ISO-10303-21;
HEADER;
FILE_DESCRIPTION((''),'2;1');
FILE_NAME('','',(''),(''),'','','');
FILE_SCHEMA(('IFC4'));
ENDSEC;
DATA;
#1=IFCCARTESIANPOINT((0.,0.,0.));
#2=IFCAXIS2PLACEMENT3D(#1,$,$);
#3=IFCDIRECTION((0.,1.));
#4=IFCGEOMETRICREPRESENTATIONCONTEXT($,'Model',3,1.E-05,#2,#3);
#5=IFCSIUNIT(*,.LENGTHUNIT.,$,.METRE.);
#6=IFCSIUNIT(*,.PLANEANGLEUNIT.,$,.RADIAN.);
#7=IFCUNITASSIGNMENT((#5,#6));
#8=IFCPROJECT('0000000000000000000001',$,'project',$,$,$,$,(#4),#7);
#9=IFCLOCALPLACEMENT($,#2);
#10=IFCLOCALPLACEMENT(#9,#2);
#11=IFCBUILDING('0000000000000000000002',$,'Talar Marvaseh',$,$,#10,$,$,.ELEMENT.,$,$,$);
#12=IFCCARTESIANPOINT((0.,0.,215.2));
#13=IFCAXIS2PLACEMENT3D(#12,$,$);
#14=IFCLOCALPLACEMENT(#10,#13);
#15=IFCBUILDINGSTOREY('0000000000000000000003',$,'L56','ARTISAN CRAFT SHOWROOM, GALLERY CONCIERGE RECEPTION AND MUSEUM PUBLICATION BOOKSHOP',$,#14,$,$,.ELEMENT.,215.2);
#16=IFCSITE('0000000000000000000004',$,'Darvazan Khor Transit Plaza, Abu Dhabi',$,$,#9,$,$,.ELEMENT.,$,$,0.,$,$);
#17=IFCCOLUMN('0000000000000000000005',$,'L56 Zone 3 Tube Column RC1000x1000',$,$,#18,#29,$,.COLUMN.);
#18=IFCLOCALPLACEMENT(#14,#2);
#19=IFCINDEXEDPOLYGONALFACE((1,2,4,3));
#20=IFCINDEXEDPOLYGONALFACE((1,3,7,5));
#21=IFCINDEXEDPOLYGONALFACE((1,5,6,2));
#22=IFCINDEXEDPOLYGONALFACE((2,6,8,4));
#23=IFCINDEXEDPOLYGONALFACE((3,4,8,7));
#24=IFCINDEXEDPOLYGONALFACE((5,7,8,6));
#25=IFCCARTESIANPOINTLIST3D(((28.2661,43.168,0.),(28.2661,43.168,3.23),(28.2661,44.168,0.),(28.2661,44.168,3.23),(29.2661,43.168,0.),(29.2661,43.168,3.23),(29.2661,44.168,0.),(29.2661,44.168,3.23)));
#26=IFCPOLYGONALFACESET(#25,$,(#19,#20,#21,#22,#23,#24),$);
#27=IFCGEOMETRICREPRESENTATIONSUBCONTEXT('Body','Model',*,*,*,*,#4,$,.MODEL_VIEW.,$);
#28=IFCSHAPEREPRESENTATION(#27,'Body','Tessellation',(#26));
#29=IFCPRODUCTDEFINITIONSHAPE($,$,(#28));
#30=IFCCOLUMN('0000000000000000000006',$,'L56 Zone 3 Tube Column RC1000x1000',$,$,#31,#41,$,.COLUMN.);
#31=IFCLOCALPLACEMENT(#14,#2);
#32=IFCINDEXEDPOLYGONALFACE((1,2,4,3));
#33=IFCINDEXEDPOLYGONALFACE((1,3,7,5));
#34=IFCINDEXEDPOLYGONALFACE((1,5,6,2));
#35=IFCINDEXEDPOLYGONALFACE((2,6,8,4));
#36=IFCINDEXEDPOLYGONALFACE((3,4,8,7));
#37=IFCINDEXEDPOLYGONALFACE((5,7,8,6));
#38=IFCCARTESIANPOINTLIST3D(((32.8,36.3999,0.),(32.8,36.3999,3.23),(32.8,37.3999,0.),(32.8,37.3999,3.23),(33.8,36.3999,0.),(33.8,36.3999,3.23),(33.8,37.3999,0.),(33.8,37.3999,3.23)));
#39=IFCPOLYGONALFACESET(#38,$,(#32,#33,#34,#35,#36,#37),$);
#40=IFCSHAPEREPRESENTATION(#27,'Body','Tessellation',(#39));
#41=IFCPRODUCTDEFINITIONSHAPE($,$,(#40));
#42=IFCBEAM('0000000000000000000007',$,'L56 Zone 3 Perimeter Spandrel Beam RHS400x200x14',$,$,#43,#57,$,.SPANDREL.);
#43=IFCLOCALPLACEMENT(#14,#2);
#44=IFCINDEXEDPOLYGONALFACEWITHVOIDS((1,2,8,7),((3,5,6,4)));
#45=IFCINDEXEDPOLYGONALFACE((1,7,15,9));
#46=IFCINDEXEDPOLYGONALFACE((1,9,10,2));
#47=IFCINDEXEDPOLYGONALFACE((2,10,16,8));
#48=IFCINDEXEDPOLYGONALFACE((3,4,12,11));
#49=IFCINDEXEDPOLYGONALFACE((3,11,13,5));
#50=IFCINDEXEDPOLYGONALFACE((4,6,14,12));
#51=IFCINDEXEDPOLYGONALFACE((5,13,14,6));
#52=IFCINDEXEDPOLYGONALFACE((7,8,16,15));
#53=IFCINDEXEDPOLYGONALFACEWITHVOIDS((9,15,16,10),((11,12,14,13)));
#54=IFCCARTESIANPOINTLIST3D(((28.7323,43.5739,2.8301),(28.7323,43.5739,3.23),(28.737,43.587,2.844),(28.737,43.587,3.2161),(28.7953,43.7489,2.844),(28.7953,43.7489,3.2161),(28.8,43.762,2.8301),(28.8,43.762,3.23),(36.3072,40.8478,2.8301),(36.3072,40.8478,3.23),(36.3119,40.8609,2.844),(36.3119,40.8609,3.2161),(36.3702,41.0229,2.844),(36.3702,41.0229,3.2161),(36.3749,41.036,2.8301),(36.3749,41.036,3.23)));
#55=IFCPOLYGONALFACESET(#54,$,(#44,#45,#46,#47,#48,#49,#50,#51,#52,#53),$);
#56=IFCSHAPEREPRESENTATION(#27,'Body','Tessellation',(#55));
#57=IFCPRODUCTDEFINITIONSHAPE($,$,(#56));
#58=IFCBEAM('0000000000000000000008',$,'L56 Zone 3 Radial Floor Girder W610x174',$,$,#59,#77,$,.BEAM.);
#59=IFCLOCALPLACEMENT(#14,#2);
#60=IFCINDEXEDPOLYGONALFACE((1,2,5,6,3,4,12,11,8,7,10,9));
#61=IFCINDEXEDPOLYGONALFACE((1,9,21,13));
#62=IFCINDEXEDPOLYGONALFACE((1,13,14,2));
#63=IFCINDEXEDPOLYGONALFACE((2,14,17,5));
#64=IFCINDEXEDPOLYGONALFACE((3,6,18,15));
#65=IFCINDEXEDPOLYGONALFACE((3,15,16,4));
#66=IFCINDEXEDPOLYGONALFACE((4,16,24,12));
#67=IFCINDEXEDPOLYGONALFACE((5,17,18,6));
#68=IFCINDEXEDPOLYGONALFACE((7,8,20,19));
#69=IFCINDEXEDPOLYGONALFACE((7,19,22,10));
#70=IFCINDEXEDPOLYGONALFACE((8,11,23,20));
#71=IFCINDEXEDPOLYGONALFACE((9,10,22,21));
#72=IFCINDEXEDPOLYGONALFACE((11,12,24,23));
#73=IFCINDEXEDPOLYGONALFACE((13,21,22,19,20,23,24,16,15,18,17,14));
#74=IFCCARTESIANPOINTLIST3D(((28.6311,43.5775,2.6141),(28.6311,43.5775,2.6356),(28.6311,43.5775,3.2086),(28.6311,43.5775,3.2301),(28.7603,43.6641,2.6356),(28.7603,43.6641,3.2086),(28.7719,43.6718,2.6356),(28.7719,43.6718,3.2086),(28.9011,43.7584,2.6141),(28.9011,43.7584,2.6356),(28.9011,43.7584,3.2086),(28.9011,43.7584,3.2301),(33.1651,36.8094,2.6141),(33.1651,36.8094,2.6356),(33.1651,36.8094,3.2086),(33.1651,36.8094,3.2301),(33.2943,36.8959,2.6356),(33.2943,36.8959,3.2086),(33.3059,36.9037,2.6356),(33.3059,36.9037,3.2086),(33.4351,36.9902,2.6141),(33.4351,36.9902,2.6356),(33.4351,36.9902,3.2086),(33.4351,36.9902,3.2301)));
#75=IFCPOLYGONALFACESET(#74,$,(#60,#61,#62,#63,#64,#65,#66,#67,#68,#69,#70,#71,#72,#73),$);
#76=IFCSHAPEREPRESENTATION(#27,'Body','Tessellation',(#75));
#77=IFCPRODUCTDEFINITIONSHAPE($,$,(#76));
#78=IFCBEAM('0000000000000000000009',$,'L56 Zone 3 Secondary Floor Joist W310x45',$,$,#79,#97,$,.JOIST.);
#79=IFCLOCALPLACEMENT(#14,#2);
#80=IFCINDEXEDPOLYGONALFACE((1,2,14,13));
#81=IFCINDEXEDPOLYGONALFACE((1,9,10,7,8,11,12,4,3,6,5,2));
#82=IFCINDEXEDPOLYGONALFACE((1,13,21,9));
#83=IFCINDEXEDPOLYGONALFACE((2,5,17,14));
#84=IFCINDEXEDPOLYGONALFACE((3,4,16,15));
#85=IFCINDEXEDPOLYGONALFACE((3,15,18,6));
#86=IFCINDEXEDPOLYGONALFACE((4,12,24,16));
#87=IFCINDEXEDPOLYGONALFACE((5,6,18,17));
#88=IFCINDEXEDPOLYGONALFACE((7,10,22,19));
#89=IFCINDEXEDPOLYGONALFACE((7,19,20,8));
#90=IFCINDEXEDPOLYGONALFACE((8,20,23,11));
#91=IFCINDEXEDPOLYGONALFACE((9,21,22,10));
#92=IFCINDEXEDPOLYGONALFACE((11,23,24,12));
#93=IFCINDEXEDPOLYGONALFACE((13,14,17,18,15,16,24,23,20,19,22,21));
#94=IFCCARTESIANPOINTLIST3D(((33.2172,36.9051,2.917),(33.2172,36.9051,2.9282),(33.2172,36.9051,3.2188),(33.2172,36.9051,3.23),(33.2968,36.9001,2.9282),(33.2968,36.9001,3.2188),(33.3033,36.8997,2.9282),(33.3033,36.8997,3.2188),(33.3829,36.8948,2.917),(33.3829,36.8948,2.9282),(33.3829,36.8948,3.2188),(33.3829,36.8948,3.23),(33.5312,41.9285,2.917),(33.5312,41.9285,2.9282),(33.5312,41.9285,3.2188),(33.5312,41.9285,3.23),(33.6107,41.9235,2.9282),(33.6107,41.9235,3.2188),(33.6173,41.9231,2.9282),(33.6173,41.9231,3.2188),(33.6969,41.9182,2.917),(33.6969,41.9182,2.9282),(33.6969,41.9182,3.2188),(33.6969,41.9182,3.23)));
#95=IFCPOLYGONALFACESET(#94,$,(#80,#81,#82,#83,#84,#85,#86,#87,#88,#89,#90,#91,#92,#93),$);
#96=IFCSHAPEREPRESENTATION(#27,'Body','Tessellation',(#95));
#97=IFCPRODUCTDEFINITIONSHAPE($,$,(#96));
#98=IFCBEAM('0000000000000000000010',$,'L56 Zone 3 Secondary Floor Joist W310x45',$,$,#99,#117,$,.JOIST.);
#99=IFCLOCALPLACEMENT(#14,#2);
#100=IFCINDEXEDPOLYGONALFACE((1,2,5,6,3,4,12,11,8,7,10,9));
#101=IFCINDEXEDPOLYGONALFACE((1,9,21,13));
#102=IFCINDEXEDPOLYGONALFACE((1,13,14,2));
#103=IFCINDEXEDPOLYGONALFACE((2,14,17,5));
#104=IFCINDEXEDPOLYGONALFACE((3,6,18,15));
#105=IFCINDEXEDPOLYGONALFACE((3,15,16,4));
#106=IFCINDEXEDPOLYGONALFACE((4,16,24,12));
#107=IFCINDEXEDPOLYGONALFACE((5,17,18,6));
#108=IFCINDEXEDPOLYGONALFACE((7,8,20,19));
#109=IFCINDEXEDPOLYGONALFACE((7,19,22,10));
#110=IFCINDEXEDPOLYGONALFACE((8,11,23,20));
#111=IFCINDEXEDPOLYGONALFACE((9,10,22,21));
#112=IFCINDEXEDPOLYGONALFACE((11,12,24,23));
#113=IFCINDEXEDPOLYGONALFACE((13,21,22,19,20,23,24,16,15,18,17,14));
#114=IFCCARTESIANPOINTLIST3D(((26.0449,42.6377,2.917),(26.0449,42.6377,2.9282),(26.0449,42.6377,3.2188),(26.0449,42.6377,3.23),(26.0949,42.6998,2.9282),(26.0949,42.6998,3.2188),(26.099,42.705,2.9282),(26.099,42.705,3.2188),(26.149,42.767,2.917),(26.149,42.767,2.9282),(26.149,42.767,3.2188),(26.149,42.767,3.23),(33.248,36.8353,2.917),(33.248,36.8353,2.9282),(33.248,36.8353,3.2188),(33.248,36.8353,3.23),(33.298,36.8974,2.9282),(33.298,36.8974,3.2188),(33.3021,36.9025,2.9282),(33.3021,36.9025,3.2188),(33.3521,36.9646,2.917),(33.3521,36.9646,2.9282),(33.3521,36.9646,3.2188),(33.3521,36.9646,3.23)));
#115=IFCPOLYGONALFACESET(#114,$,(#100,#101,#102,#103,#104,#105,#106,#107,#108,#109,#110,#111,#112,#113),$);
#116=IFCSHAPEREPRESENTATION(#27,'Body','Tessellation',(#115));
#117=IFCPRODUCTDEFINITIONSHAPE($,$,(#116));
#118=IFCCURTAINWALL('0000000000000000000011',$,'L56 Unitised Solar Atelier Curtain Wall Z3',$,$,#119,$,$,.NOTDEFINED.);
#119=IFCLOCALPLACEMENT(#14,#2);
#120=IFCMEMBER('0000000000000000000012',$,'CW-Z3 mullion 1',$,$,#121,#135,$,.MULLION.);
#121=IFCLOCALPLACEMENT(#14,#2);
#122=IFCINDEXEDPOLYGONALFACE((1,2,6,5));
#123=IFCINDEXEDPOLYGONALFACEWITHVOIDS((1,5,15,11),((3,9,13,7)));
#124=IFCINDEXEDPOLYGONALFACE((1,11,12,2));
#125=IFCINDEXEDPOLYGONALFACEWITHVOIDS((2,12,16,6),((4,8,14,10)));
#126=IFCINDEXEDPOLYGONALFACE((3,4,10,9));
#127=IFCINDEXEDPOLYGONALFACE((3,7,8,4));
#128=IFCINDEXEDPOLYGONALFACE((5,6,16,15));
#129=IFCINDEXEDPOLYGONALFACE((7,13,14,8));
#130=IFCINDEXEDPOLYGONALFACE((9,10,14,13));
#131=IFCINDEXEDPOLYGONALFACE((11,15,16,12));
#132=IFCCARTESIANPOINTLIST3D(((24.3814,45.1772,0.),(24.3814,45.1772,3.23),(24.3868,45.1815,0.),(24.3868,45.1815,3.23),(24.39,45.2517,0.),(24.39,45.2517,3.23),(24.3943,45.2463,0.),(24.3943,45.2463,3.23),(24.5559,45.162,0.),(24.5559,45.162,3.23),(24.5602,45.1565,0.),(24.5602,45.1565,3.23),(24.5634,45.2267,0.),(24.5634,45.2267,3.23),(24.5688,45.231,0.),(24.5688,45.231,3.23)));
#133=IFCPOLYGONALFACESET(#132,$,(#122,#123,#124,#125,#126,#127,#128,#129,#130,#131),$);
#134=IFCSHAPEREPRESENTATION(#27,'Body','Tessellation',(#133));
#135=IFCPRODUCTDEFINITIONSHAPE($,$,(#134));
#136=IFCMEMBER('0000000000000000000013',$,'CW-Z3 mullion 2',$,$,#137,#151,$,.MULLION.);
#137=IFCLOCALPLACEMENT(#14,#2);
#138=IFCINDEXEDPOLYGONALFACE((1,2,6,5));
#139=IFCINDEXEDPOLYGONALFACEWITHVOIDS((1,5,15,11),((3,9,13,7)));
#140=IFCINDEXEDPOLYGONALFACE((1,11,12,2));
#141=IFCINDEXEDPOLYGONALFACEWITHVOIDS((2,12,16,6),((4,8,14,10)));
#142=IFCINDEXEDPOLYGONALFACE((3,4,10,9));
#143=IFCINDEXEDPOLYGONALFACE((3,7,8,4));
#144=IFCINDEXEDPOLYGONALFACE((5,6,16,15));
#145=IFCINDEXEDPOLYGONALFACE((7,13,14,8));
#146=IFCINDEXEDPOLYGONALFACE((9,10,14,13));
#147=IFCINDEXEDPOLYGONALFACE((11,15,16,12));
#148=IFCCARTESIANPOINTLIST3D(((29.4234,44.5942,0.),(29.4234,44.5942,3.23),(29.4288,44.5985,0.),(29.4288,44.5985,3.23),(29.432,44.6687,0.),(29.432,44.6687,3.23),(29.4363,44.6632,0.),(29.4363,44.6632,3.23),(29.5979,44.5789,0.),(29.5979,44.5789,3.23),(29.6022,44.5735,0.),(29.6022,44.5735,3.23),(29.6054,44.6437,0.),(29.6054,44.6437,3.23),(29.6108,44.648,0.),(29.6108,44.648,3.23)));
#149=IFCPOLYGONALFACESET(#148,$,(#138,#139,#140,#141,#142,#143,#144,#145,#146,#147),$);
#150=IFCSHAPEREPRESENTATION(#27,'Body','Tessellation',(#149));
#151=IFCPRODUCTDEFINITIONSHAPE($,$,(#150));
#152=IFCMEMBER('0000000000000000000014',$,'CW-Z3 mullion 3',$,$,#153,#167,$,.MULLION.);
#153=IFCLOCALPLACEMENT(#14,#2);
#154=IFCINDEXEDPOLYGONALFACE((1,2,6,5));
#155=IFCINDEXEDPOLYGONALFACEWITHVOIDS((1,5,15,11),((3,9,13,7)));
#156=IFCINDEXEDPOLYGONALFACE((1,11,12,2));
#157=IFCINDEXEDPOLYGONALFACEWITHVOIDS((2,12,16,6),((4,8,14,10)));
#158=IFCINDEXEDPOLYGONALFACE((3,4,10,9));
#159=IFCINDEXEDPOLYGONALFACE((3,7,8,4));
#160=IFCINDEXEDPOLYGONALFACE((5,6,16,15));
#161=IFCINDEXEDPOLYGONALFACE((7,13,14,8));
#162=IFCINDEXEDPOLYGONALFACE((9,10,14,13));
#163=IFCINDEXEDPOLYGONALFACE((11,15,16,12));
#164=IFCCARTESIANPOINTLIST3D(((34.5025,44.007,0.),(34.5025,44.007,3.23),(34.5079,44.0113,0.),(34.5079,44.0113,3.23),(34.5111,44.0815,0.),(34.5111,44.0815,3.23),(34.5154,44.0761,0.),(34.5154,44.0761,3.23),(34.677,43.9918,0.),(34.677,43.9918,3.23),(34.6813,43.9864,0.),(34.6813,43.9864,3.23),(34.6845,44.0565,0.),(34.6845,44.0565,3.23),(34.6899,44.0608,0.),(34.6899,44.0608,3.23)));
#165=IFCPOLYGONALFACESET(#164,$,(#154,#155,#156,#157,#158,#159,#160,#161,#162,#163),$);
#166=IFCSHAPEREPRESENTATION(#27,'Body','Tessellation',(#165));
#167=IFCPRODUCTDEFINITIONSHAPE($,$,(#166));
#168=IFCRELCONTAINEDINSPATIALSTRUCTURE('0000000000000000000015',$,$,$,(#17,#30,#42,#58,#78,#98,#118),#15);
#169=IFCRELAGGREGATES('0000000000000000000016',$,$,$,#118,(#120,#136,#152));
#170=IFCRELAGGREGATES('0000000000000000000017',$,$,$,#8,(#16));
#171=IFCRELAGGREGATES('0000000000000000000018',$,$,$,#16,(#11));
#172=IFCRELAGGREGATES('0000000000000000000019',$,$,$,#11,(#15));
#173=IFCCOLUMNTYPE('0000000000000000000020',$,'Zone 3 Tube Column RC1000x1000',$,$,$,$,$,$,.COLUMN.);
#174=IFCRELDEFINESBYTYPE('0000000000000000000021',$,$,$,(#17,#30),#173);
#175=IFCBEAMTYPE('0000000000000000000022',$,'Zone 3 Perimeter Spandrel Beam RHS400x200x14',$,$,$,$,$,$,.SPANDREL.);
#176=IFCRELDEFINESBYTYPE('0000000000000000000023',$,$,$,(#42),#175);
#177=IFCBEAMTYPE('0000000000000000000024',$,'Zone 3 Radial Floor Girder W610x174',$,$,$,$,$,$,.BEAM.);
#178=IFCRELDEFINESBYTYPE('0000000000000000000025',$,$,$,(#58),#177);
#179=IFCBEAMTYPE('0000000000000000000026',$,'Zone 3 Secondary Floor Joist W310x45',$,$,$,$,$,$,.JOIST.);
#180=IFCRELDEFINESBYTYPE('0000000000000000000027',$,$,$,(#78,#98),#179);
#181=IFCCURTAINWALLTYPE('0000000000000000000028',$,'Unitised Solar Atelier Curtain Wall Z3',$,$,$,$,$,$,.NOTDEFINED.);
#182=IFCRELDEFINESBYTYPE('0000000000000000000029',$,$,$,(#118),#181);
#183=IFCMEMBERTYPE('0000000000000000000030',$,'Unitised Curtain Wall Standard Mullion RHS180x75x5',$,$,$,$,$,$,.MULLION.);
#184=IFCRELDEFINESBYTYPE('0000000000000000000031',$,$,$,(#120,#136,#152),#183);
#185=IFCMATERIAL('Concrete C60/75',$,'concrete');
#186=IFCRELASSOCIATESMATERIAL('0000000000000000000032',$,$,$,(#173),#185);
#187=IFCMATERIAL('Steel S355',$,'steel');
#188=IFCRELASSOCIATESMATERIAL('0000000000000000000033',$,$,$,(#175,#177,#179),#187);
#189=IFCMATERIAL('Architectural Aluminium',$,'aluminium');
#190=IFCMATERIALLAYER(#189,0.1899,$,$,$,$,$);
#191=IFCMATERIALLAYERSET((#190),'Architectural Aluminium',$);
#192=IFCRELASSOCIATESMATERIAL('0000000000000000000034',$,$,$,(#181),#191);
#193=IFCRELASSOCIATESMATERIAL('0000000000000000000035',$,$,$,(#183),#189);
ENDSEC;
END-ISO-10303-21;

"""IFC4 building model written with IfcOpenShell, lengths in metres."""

from ifc_helpers import new_model, si_unit, direction, frame, origin, origin_2d, place, context, subcontext, project, spatial, rectangle, hollow_rectangle, i_section, extrude, source, transform, mapped, material, layer, layer_set, material_profile, profile_set, type_object, type_shapes, element, aggregate, save


model = new_model("IFC4")

# Units and contexts
model_context = context("Model", 3, precision=1e-05, world=origin(), true_north=direction((0.0, 1.0)))
body_context = subcontext(model_context, "Body", "Model", "MODEL_VIEW")
ifc_project = project(units=[si_unit("LENGTHUNIT", "METRE"), si_unit("PLANEANGLEUNIT", "RADIAN")], contexts=[model_context])

# Site, building, storey
site_placement = place(None, origin())
site = spatial("IfcSite", under=ifc_project, at=site_placement, Name="Darvazan Khor Transit Plaza, Abu Dhabi", CompositionType="ELEMENT", RefElevation=0.0)
building_placement = place(site_placement, origin())
building = spatial("IfcBuilding", under=site, at=building_placement, Name="Talar Marvaseh", CompositionType="ELEMENT")
storey_placement = place(building_placement, frame((0.0, 0.0, 215.2)))
storey = spatial("IfcBuildingStorey", under=building, at=storey_placement, Name="L56", Description="ARTISAN CRAFT SHOWROOM, GALLERY CONCIERGE RECEPTION AND MUSEUM PUBLICATION BOOKSHOP", CompositionType="ELEMENT", Elevation=215.2)

# Columns
ifc_material_1 = material(Name="Concrete C60/75", Category="concrete")
ifc_material_profile_1 = material_profile(ifc_material_1, rectangle(XDim=1.0, YDim=1.0, at=origin_2d()), Name="RC1000x1000")
ifc_profile_set_1 = profile_set([ifc_material_profile_1], Name="Concrete C60/75")
column_type = type_object("IfcColumnType", Name="Zone 3 Tube Column RC1000x1000", PredefinedType="COLUMN", material=ifc_profile_set_1)
for number, where, z_axis, x_axis, name in (
    (1, (28.7661, 43.668, 0.0), (0.0, 0.0, 1.0), (1.0, 0.0, 0.0), "L56 Zone 3 Tube Column RC1000x1000"),
    (2, (33.3, 36.8999, 0.0), (0.0, 0.0, 1.0), (1.0, 0.0, 0.0), "L56 Zone 3 Tube Column RC1000x1000"),
):
    element("IfcColumn", number, at=place(storey_placement, frame(where, z_axis=z_axis, x_axis=x_axis)), inside=storey, type_object=column_type, Name=name, PredefinedType="COLUMN", context=body_context, shape_type="SweptSolid", body=[
        extrude(rectangle(XDim=1.0, YDim=1.0, at=origin_2d()), origin(), (0.0, 0.0, 1.0), 3.23),
    ])

# Beams
ifc_material_2 = material(Name="Steel S355", Category="steel")
ifc_material_profile_2 = material_profile(ifc_material_2, hollow_rectangle(XDim=0.2, YDim=0.3999, WallThickness=0.0139, at=origin_2d()), Name="RHS400x200x14")
ifc_profile_set_2 = profile_set([ifc_material_profile_2], Name="Steel S355")
beam_type_1 = type_object("IfcBeamType", Name="Zone 3 Perimeter Spandrel Beam RHS400x200x14", PredefinedType="SPANDREL", material=ifc_profile_set_2)
beam_1_placement = place(storey_placement, frame((28.7661, 43.668, 3.03), z_axis=(0.940923, -0.33862, 0.0), x_axis=(0.33862, 0.940923, 0.0)))
element("IfcBeam", 3, at=beam_1_placement, inside=storey, type_object=beam_type_1, Name="L56 Zone 3 Perimeter Spandrel Beam RHS400x200x14", PredefinedType="SPANDREL", context=body_context, shape_type="SweptSolid", body=[
    extrude(hollow_rectangle(XDim=0.2, YDim=0.3999, WallThickness=0.0139, at=origin_2d()), origin(), (0.0, 0.0, 1.0), 8.0505),
])
ifc_material_profile_3 = material_profile(ifc_material_2, i_section(OverallWidth=0.325, OverallDepth=0.616, WebThickness=0.0139, FlangeThickness=0.0215, at=origin_2d()), Name="W610x174")
ifc_profile_set_3 = profile_set([ifc_material_profile_3], Name="Steel S355")
beam_type_2 = type_object("IfcBeamType", Name="Zone 3 Radial Floor Girder W610x174", PredefinedType="BEAM", material=ifc_profile_set_3)
beam_2_placement = place(storey_placement, frame((28.7661, 43.668, 2.9221), z_axis=(0.556559, -0.830808, 0.0), x_axis=(0.830808, 0.556559, 0.0)))
element("IfcBeam", 4, at=beam_2_placement, inside=storey, type_object=beam_type_2, Name="L56 Zone 3 Radial Floor Girder W610x174", PredefinedType="BEAM", context=body_context, shape_type="SweptSolid", body=[
    extrude(i_section(OverallWidth=0.325, OverallDepth=0.616, WebThickness=0.0139, FlangeThickness=0.0215, at=origin_2d()), origin(), (0.0, 0.0, 1.0), 8.1465),
])
ifc_material_profile_4 = material_profile(ifc_material_2, i_section(OverallWidth=0.166, OverallDepth=0.313, WebThickness=0.0066, FlangeThickness=0.0112, at=origin_2d()), Name="W310x45")
ifc_profile_set_4 = profile_set([ifc_material_profile_4], Name="Steel S355")
beam_type_3 = type_object("IfcBeamType", Name="Zone 3 Secondary Floor Joist W310x45", PredefinedType="JOIST", material=ifc_profile_set_4)
beam_3_placement = place(storey_placement, frame((33.614, 41.9233, 3.0735), z_axis=(-0.062378, -0.998053, 0.0), x_axis=(0.998053, -0.062378, 0.0)))
element("IfcBeam", 5, at=beam_3_placement, inside=storey, type_object=beam_type_3, Name="L56 Zone 3 Secondary Floor Joist W310x45", PredefinedType="JOIST", context=body_context, shape_type="SweptSolid", body=[
    extrude(i_section(OverallWidth=0.166, OverallDepth=0.313, WebThickness=0.0066, FlangeThickness=0.0112, at=origin_2d()), origin(), (0.0, 0.0, 1.0), 5.0332),
])
beam_4_placement = place(storey_placement, frame((26.0969, 42.7024, 3.0735), z_axis=(0.778755, -0.627328, 0.0), x_axis=(0.627328, 0.778755, 0.0)))
element("IfcBeam", 6, at=beam_4_placement, inside=storey, type_object=beam_type_3, Name="L56 Zone 3 Secondary Floor Joist W310x45", PredefinedType="JOIST", context=body_context, shape_type="SweptSolid", body=[
    extrude(i_section(OverallWidth=0.166, OverallDepth=0.313, WebThickness=0.0066, FlangeThickness=0.0112, at=origin_2d()), origin(), (0.0, 0.0, 1.0), 9.2495),
])

# Curtain wall, members
ifc_material_3 = material(Name="Architectural Aluminium", Category="aluminium")
ifc_layer_1 = layer(ifc_material_3, 0.1899)
ifc_layer_set_1 = layer_set([ifc_layer_1], Name="Architectural Aluminium")
curtain_wall_type = type_object("IfcCurtainWallType", Name="Unitised Solar Atelier Curtain Wall Z3", PredefinedType="NOTDEFINED", material=ifc_layer_set_1)
curtain_wall_placement = place(storey_placement, origin())
curtain_wall = element("IfcCurtainWall", 7, at=curtain_wall_placement, inside=storey, type_object=curtain_wall_type, Name="L56 Unitised Solar Atelier Curtain Wall Z3", PredefinedType="NOTDEFINED")
ifc_material_profile_5 = material_profile(ifc_material_3, hollow_rectangle(XDim=0.075, YDim=0.1799, WallThickness=0.0049, at=origin_2d()), Name="RHS180x75x5")
ifc_profile_set_5 = profile_set([ifc_material_profile_5], Name="Architectural Aluminium")
member_type_1 = type_object("IfcMemberType", Name="Unitised Curtain Wall Standard Mullion RHS180x75x5", PredefinedType="MULLION", material=ifc_profile_set_5)
shared_shape_1 = source(origin(), body_context, "Body", "SweptSolid", [
    extrude(hollow_rectangle(XDim=0.075, YDim=0.1799, WallThickness=0.0049, at=origin_2d()), origin(), (0.0, 0.0, 1.0), 3.23),
])
type_shapes(member_type_1, [shared_shape_1])
member_1_placement = place(storey_placement, frame((24.4751, 45.2041, 0.0), z_axis=(0.0, 0.0, 1.0), x_axis=(0.11487, 0.99338, 0.0)))
member_1 = element("IfcMember", 8, at=member_1_placement, type_object=member_type_1, Name="CW-Z3 mullion 1", PredefinedType="MULLION", context=body_context, shape_type="MappedRepresentation", body=[
    mapped(shared_shape_1, transform((0.0, 0.0, 0.0), x_axis=(1.0, 0.0, 0.0), y_axis=(0.0, 1.0, 0.0), z_axis=(0.0, 0.0, 1.0), scale=1.0)),
])
member_2_placement = place(storey_placement, frame((29.5171, 44.6211, 0.0), z_axis=(0.0, 0.0, 1.0), x_axis=(0.11487, 0.99338, 0.0)))
member_2 = element("IfcMember", 9, at=member_2_placement, type_object=member_type_1, Name="CW-Z3 mullion 2", PredefinedType="MULLION", context=body_context, shape_type="MappedRepresentation", body=[
    mapped(shared_shape_1, transform((0.0, 0.0, 0.0), x_axis=(1.0, 0.0, 0.0), y_axis=(0.0, 1.0, 0.0), z_axis=(0.0, 0.0, 1.0), scale=1.0)),
])
member_3_placement = place(storey_placement, frame((34.5962, 44.0339, 0.0), z_axis=(0.0, 0.0, 1.0), x_axis=(0.11487, 0.99338, 0.0)))
member_3 = element("IfcMember", 10, at=member_3_placement, type_object=member_type_1, Name="CW-Z3 mullion 3", PredefinedType="MULLION", context=body_context, shape_type="MappedRepresentation", body=[
    mapped(shared_shape_1, transform((0.0, 0.0, 0.0), x_axis=(1.0, 0.0, 0.0), y_axis=(0.0, 1.0, 0.0), z_axis=(0.0, 0.0, 1.0), scale=1.0)),
])
aggregate(curtain_wall, [member_1, member_2, member_3])

save(model, "model.ifc")
